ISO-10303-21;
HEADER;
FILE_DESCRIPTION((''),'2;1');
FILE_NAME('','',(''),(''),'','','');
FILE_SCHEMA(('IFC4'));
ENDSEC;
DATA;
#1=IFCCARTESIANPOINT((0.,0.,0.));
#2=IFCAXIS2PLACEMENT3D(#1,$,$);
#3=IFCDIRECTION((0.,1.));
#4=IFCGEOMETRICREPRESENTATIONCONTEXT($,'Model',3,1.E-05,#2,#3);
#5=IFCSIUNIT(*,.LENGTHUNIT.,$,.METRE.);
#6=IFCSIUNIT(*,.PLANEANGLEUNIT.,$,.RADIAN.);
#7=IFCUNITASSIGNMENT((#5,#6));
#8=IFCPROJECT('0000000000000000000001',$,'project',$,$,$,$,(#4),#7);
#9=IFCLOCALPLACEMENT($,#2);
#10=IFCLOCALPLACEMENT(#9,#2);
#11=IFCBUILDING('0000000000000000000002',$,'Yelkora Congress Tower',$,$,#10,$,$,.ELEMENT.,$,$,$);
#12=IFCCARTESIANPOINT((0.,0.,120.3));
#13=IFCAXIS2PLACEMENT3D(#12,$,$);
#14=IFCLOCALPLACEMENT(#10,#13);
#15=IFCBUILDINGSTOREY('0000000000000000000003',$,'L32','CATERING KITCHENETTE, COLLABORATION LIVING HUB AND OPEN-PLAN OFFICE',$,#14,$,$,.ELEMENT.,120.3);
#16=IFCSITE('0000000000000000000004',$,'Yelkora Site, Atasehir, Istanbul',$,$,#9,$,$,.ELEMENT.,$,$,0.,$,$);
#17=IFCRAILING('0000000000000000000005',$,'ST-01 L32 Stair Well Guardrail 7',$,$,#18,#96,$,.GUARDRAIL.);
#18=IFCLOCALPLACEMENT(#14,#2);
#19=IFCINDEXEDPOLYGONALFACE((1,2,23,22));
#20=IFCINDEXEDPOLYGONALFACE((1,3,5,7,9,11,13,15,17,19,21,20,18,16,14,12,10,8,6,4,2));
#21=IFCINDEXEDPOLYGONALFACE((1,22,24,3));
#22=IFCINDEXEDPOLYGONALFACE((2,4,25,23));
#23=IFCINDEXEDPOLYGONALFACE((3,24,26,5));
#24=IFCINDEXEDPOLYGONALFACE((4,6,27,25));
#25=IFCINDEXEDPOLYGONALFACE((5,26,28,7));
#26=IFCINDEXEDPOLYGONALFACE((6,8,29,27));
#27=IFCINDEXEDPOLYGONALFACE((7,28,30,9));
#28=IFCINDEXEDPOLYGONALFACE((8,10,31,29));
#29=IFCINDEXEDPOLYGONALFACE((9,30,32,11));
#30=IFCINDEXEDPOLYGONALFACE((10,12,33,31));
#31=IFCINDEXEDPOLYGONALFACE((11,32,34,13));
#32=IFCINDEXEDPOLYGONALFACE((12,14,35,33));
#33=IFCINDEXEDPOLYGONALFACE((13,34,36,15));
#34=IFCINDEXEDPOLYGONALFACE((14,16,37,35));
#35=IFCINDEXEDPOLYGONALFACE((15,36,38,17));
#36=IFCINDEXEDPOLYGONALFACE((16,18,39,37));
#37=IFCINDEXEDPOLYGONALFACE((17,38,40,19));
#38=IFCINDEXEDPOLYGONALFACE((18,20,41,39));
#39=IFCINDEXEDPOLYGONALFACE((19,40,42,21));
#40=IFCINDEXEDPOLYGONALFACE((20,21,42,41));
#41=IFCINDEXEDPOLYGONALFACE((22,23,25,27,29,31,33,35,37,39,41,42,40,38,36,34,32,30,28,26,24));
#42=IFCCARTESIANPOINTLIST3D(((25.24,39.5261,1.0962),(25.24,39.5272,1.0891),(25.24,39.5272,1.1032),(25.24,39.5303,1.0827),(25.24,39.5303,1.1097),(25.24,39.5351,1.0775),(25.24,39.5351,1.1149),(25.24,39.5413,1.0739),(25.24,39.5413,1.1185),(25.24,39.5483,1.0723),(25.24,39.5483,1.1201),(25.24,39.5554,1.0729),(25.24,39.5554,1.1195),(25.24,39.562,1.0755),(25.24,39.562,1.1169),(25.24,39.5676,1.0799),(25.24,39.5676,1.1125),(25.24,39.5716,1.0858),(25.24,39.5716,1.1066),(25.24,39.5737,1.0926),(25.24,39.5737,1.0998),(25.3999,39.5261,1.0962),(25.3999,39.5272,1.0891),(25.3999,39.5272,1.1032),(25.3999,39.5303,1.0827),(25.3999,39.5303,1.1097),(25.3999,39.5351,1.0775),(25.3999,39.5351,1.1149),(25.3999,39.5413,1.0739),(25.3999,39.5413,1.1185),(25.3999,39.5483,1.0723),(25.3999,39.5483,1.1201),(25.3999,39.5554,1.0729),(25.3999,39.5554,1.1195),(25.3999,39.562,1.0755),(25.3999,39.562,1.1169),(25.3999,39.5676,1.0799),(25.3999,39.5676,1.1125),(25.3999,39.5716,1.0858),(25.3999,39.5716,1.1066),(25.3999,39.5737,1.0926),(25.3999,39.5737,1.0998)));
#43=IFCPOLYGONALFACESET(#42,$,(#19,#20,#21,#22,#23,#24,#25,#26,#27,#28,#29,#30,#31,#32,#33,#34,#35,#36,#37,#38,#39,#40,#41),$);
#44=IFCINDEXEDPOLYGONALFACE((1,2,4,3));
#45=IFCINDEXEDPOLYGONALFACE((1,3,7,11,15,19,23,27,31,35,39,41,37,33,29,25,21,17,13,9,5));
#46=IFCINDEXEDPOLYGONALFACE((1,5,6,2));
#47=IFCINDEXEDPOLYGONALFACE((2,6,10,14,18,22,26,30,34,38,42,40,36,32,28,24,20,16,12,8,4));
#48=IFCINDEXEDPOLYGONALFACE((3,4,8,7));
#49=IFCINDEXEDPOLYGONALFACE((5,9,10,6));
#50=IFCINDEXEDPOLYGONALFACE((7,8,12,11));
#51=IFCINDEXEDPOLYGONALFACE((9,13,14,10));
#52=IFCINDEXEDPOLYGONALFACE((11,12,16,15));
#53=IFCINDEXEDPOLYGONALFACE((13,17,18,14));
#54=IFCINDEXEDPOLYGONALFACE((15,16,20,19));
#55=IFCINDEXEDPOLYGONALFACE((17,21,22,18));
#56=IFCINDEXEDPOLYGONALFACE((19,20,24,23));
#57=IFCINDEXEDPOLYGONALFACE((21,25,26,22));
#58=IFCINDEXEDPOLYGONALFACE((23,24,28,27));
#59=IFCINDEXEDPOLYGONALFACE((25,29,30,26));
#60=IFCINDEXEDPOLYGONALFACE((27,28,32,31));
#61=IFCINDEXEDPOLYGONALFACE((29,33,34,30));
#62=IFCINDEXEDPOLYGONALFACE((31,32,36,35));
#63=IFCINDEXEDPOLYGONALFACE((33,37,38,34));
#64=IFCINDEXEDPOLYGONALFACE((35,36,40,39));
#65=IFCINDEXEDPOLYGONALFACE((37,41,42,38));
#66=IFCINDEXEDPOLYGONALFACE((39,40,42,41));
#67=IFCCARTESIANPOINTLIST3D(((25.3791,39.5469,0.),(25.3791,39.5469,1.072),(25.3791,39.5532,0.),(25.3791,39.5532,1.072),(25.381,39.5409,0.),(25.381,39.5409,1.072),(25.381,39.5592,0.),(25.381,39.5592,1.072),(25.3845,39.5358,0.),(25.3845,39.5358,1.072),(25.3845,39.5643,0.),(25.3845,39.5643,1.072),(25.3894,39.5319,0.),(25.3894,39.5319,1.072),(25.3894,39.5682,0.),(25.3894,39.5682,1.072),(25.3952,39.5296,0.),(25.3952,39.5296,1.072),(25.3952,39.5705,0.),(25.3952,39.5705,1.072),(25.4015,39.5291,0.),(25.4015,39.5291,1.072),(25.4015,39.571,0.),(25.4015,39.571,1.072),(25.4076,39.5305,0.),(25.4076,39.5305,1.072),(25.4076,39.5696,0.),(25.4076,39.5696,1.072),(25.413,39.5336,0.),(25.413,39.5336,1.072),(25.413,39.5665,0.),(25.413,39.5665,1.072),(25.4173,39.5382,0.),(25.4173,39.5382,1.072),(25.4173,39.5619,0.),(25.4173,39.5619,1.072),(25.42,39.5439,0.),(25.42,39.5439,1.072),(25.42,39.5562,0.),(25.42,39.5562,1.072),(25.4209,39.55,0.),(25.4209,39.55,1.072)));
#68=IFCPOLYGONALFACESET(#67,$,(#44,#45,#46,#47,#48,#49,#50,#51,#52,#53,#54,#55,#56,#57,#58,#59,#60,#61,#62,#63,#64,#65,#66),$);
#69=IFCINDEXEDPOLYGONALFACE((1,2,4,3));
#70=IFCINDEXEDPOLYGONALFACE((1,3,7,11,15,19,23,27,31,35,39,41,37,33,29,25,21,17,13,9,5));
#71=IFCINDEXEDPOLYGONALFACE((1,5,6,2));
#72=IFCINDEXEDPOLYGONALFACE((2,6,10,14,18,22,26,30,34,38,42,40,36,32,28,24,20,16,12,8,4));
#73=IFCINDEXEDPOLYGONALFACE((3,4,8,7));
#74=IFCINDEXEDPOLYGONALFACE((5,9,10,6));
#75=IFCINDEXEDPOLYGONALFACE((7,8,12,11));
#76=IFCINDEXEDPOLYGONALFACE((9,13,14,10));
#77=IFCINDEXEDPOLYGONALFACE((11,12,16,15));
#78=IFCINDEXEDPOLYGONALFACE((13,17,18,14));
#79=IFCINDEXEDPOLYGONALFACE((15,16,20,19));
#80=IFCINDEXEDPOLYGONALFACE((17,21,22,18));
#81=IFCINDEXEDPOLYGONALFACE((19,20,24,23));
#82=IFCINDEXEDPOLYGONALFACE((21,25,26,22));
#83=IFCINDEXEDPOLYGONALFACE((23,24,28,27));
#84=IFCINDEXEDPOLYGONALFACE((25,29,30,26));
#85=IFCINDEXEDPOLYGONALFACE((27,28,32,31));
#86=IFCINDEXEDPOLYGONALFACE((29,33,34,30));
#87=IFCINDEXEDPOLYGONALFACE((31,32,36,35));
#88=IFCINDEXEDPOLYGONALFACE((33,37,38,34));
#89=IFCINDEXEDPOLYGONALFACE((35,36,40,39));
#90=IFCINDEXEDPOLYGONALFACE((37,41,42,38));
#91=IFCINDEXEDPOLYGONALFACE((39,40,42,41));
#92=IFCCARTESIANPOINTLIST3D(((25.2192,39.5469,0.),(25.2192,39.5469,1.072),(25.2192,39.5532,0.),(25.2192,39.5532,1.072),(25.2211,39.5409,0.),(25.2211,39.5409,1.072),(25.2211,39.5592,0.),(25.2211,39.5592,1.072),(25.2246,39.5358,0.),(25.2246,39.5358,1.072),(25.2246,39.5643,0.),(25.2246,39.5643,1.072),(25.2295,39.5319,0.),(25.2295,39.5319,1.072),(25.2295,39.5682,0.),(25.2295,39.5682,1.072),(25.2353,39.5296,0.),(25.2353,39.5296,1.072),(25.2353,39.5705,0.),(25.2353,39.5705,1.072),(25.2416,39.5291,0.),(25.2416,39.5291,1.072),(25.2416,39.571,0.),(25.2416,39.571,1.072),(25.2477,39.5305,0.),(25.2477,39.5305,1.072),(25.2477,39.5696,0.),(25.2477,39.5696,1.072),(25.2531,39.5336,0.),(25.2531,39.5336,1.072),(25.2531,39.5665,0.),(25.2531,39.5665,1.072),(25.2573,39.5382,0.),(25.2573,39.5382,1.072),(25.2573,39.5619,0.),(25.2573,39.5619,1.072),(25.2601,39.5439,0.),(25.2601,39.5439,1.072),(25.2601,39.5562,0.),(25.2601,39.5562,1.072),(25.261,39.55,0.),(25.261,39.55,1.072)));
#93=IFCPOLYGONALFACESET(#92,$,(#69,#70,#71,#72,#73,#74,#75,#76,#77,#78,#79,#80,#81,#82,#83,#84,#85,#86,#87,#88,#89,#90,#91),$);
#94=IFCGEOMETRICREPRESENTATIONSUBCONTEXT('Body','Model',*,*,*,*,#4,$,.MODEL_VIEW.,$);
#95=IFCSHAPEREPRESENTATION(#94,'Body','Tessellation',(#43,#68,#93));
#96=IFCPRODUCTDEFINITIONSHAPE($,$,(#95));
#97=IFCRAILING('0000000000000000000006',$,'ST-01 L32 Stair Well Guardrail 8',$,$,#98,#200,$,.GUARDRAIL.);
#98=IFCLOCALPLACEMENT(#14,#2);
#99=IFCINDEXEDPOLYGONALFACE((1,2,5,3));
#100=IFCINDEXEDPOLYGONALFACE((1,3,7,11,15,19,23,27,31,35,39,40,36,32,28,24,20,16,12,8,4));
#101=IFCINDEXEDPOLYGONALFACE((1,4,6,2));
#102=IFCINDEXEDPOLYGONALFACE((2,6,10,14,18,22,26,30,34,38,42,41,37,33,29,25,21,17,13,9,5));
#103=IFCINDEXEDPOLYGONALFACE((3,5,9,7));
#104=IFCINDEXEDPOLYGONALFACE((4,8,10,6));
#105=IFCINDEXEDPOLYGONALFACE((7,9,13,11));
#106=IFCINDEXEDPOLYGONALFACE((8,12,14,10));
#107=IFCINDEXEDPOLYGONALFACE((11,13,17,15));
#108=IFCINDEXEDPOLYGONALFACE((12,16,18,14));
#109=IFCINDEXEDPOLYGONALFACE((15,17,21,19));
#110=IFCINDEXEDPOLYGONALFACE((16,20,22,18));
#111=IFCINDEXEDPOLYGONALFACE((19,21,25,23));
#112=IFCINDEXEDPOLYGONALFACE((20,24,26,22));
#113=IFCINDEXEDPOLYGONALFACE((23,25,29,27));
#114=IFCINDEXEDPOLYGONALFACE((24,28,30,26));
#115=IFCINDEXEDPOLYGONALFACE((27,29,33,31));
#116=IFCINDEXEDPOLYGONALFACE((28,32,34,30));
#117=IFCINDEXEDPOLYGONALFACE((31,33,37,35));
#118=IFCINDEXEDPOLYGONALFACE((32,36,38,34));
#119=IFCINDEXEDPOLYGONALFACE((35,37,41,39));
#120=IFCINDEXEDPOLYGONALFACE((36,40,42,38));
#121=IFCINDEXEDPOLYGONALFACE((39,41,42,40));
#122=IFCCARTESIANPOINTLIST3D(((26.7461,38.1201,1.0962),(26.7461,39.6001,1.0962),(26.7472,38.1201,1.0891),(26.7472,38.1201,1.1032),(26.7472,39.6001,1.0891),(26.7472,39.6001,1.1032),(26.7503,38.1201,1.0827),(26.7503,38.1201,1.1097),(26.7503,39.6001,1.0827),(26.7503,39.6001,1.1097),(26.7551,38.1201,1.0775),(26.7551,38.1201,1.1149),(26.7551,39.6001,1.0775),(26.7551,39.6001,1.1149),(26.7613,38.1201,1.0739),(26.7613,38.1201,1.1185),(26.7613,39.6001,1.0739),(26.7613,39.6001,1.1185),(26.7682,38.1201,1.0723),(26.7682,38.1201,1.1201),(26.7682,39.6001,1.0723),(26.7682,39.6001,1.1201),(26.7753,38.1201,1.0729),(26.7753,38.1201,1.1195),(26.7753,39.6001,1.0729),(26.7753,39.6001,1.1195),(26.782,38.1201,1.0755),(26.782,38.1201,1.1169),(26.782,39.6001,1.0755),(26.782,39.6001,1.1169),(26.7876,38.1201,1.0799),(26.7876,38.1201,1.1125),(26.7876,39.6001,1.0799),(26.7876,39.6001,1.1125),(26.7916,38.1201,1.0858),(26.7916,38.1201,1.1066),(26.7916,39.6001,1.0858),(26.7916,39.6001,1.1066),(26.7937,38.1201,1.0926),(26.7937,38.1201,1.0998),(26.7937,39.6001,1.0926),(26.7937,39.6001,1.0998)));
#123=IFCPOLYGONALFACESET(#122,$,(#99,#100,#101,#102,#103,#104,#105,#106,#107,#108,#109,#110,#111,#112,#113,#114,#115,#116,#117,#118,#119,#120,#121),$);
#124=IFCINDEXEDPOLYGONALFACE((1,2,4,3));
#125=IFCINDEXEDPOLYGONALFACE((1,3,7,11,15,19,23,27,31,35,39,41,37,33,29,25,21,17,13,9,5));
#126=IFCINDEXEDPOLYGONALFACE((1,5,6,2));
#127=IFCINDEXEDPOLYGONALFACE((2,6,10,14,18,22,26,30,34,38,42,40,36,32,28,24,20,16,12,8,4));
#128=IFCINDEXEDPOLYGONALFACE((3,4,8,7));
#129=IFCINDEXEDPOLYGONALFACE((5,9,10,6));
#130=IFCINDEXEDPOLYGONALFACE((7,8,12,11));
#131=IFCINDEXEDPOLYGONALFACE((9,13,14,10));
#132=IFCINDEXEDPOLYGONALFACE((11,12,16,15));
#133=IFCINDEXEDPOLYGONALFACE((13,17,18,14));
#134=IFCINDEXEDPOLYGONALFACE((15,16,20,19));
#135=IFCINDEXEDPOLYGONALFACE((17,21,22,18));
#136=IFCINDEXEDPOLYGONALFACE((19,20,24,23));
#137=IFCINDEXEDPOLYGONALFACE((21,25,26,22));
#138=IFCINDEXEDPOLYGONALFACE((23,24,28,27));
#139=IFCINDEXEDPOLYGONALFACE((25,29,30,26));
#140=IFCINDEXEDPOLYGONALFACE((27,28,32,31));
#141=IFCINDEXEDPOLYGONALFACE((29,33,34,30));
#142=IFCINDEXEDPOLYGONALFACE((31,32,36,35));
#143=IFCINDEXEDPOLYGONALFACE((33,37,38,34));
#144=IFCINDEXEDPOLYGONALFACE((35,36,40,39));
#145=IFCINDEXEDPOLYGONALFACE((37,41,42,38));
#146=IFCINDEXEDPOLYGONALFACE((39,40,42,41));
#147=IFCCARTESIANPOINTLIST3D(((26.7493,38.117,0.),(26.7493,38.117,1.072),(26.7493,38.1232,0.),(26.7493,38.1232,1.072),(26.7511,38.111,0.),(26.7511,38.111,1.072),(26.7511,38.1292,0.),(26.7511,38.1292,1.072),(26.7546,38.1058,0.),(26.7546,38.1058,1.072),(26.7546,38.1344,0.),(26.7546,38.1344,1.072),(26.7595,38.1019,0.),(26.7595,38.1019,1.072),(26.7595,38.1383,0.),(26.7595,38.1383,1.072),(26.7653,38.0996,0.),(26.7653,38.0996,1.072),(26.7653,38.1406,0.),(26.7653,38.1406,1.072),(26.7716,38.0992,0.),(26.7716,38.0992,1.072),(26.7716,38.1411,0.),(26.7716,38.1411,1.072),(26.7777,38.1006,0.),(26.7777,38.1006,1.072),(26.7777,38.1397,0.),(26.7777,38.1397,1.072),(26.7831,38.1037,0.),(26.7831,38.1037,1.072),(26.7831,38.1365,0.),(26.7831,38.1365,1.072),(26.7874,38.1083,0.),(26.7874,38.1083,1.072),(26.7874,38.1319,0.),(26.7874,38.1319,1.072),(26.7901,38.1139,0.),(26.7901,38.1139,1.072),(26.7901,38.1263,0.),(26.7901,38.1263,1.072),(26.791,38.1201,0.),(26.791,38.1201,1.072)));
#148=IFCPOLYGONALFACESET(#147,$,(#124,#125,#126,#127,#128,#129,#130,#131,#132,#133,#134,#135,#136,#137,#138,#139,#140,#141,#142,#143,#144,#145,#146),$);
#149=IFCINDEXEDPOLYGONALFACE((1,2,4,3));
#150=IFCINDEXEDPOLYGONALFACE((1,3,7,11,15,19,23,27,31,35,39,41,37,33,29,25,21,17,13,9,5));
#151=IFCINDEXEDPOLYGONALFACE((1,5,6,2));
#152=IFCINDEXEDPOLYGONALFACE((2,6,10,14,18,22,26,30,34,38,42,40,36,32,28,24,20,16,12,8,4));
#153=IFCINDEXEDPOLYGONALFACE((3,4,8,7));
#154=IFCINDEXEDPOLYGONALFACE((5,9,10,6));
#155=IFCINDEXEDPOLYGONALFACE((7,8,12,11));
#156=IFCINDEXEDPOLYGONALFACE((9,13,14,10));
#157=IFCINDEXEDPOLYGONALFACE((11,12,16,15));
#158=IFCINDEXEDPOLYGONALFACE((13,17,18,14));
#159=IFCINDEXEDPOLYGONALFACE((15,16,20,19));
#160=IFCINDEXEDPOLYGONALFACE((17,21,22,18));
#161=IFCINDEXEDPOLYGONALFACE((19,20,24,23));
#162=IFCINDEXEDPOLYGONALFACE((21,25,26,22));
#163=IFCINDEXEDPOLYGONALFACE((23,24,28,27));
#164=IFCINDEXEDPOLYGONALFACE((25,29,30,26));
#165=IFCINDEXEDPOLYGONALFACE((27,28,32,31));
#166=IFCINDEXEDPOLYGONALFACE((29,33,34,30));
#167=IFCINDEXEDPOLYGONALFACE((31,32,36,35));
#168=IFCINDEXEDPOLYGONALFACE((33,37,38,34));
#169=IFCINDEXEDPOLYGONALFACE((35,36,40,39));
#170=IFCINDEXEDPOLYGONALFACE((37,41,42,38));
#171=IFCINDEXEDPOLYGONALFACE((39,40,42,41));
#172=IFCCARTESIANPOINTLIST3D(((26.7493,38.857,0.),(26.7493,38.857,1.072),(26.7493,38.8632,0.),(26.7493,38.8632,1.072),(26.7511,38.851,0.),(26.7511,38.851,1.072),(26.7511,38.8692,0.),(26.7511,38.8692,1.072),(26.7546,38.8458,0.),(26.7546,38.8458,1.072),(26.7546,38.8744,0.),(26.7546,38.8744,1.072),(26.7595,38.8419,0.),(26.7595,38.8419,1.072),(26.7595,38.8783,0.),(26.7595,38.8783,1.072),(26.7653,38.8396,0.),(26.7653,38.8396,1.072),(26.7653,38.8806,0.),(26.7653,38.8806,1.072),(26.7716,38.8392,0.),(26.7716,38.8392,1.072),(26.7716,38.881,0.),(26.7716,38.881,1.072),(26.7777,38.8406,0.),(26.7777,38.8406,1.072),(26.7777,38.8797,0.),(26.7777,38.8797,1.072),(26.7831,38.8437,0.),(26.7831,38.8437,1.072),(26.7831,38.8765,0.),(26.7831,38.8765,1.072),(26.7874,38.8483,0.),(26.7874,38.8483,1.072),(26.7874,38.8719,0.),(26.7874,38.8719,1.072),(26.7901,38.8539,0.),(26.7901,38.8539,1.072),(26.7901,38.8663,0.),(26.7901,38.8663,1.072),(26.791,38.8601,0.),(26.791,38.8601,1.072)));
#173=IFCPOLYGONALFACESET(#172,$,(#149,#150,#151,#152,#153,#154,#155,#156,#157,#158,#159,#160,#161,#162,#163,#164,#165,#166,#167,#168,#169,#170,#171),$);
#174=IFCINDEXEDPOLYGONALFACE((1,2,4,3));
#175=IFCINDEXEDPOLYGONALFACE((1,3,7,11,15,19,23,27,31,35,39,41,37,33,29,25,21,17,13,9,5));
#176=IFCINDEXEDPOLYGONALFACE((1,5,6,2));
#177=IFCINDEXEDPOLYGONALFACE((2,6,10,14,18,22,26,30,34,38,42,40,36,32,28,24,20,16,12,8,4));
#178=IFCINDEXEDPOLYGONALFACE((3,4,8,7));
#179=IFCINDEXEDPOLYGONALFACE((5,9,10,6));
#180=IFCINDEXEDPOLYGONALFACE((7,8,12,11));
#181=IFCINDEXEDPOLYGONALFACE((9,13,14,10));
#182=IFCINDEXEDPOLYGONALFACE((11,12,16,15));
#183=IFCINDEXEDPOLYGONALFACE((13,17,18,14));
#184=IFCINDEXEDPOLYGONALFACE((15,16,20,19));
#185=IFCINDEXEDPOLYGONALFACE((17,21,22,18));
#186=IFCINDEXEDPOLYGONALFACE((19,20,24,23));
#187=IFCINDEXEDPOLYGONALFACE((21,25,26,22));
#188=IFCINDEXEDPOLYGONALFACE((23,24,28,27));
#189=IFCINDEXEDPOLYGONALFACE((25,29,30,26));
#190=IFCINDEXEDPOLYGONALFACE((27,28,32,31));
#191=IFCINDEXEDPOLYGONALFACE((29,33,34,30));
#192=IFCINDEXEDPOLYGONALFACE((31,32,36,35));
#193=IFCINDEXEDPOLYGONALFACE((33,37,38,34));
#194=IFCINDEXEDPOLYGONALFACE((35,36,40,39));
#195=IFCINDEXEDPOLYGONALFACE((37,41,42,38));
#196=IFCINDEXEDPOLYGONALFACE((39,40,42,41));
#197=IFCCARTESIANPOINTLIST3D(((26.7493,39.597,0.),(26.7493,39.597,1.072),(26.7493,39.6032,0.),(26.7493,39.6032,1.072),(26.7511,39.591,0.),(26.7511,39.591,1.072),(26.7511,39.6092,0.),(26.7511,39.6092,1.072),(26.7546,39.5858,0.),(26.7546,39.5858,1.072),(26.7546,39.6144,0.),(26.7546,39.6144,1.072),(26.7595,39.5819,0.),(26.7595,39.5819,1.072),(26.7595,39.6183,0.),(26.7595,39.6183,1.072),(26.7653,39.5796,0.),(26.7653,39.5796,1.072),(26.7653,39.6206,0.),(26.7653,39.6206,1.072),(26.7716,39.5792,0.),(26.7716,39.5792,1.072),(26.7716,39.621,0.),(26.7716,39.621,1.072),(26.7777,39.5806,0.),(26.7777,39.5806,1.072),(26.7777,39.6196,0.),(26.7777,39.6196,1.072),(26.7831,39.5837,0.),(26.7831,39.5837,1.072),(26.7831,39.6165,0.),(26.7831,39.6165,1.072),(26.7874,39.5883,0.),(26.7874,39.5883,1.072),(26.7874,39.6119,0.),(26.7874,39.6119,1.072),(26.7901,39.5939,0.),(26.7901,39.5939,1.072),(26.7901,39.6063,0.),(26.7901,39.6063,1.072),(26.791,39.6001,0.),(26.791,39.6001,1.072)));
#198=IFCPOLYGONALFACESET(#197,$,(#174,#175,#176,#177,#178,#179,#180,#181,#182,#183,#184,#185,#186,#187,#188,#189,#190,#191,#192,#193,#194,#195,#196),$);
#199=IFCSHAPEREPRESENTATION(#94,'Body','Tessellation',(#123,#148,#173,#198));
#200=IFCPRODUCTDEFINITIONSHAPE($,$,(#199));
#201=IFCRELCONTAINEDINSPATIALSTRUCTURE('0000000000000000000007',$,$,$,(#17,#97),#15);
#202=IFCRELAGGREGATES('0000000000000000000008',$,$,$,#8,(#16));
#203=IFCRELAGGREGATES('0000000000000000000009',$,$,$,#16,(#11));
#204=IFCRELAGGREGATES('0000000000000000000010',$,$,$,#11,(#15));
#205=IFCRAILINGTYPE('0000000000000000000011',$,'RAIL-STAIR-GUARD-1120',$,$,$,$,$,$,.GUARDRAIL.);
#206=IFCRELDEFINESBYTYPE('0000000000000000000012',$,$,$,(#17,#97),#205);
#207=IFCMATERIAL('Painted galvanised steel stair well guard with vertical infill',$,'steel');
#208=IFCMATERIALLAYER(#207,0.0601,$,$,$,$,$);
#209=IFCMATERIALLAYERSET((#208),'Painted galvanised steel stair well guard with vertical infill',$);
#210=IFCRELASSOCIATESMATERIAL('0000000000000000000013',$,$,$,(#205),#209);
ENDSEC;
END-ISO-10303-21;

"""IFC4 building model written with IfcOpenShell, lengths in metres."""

from ifc_helpers import new_model, si_unit, direction, frame, origin, origin_2d, place, context, subcontext, project, spatial, circle, extrude, material, layer, layer_set, type_object, element, save


model = new_model("IFC4")

# Units and contexts
model_context = context("Model", 3, precision=1e-05, world=origin(), true_north=direction((0.0, 1.0)))
body_context = subcontext(model_context, "Body", "Model", "MODEL_VIEW")
ifc_project = project(units=[si_unit("LENGTHUNIT", "METRE"), si_unit("PLANEANGLEUNIT", "RADIAN")], contexts=[model_context])

# Site, building, storey
site_placement = place(None, origin())
site = spatial("IfcSite", under=ifc_project, at=site_placement, Name="Yelkora Site, Atasehir, Istanbul", CompositionType="ELEMENT", RefElevation=0.0)
building_placement = place(site_placement, origin())
building = spatial("IfcBuilding", under=site, at=building_placement, Name="Yelkora Congress Tower", CompositionType="ELEMENT")
storey_placement = place(building_placement, frame((0.0, 0.0, 120.3)))
storey = spatial("IfcBuildingStorey", under=building, at=storey_placement, Name="L32", Description="CATERING KITCHENETTE, COLLABORATION LIVING HUB AND OPEN-PLAN OFFICE", CompositionType="ELEMENT", Elevation=120.3)

# Railings
ifc_material_1 = material(Name="Painted galvanised steel stair well guard with vertical infill", Category="steel")
ifc_layer_1 = layer(ifc_material_1, 0.0601)
ifc_layer_set_1 = layer_set([ifc_layer_1], Name="Painted galvanised steel stair well guard with vertical infill")
railing_type_1 = type_object("IfcRailingType", Name="RAIL-STAIR-GUARD-1120", PredefinedType="GUARDRAIL", material=ifc_layer_set_1)
railing_1_placement = place(storey_placement, frame((25.3999, 39.55, 0.0)))
element("IfcRailing", 1, at=railing_1_placement, inside=storey, type_object=railing_type_1, Name="ST-01 L32 Stair Well Guardrail 7", PredefinedType="GUARDRAIL", context=body_context, shape_type="SweptSolid", body=[
    extrude(circle(Radius=0.0239, at=origin_2d()), frame((0.0, 0.0, 1.0962), z_axis=(-1.0, 0.0, 0.0), x_axis=(0.0, -1.0, 0.0)), (0.0, 0.0, 1.0), 0.1599),
    extrude(circle(Radius=0.021, at=origin_2d()), origin(), (0.0, 0.0, 1.0), 1.072),
    extrude(circle(Radius=0.021, at=origin_2d()), frame((-0.1599, 0.0, 0.0)), (0.0, 0.0, 1.0), 1.072),
])
railing_2_placement = place(storey_placement, frame((26.77, 38.1201, 0.0)))
element("IfcRailing", 2, at=railing_2_placement, inside=storey, type_object=railing_type_1, Name="ST-01 L32 Stair Well Guardrail 8", PredefinedType="GUARDRAIL", context=body_context, shape_type="SweptSolid", body=[
    extrude(circle(Radius=0.0239, at=origin_2d()), frame((0.0, 0.0, 1.0962), z_axis=(0.0, 1.0, 0.0), x_axis=(-1.0, 0.0, 0.0)), (0.0, 0.0, 1.0), 1.48),
    extrude(circle(Radius=0.021, at=origin_2d()), origin(), (0.0, 0.0, 1.0), 1.072),
    extrude(circle(Radius=0.021, at=origin_2d()), frame((0.0, 0.74, 0.0)), (0.0, 0.0, 1.0), 1.072),
    extrude(circle(Radius=0.021, at=origin_2d()), frame((0.0, 1.48, 0.0)), (0.0, 0.0, 1.0), 1.072),
])

save(model, "model.ifc")
